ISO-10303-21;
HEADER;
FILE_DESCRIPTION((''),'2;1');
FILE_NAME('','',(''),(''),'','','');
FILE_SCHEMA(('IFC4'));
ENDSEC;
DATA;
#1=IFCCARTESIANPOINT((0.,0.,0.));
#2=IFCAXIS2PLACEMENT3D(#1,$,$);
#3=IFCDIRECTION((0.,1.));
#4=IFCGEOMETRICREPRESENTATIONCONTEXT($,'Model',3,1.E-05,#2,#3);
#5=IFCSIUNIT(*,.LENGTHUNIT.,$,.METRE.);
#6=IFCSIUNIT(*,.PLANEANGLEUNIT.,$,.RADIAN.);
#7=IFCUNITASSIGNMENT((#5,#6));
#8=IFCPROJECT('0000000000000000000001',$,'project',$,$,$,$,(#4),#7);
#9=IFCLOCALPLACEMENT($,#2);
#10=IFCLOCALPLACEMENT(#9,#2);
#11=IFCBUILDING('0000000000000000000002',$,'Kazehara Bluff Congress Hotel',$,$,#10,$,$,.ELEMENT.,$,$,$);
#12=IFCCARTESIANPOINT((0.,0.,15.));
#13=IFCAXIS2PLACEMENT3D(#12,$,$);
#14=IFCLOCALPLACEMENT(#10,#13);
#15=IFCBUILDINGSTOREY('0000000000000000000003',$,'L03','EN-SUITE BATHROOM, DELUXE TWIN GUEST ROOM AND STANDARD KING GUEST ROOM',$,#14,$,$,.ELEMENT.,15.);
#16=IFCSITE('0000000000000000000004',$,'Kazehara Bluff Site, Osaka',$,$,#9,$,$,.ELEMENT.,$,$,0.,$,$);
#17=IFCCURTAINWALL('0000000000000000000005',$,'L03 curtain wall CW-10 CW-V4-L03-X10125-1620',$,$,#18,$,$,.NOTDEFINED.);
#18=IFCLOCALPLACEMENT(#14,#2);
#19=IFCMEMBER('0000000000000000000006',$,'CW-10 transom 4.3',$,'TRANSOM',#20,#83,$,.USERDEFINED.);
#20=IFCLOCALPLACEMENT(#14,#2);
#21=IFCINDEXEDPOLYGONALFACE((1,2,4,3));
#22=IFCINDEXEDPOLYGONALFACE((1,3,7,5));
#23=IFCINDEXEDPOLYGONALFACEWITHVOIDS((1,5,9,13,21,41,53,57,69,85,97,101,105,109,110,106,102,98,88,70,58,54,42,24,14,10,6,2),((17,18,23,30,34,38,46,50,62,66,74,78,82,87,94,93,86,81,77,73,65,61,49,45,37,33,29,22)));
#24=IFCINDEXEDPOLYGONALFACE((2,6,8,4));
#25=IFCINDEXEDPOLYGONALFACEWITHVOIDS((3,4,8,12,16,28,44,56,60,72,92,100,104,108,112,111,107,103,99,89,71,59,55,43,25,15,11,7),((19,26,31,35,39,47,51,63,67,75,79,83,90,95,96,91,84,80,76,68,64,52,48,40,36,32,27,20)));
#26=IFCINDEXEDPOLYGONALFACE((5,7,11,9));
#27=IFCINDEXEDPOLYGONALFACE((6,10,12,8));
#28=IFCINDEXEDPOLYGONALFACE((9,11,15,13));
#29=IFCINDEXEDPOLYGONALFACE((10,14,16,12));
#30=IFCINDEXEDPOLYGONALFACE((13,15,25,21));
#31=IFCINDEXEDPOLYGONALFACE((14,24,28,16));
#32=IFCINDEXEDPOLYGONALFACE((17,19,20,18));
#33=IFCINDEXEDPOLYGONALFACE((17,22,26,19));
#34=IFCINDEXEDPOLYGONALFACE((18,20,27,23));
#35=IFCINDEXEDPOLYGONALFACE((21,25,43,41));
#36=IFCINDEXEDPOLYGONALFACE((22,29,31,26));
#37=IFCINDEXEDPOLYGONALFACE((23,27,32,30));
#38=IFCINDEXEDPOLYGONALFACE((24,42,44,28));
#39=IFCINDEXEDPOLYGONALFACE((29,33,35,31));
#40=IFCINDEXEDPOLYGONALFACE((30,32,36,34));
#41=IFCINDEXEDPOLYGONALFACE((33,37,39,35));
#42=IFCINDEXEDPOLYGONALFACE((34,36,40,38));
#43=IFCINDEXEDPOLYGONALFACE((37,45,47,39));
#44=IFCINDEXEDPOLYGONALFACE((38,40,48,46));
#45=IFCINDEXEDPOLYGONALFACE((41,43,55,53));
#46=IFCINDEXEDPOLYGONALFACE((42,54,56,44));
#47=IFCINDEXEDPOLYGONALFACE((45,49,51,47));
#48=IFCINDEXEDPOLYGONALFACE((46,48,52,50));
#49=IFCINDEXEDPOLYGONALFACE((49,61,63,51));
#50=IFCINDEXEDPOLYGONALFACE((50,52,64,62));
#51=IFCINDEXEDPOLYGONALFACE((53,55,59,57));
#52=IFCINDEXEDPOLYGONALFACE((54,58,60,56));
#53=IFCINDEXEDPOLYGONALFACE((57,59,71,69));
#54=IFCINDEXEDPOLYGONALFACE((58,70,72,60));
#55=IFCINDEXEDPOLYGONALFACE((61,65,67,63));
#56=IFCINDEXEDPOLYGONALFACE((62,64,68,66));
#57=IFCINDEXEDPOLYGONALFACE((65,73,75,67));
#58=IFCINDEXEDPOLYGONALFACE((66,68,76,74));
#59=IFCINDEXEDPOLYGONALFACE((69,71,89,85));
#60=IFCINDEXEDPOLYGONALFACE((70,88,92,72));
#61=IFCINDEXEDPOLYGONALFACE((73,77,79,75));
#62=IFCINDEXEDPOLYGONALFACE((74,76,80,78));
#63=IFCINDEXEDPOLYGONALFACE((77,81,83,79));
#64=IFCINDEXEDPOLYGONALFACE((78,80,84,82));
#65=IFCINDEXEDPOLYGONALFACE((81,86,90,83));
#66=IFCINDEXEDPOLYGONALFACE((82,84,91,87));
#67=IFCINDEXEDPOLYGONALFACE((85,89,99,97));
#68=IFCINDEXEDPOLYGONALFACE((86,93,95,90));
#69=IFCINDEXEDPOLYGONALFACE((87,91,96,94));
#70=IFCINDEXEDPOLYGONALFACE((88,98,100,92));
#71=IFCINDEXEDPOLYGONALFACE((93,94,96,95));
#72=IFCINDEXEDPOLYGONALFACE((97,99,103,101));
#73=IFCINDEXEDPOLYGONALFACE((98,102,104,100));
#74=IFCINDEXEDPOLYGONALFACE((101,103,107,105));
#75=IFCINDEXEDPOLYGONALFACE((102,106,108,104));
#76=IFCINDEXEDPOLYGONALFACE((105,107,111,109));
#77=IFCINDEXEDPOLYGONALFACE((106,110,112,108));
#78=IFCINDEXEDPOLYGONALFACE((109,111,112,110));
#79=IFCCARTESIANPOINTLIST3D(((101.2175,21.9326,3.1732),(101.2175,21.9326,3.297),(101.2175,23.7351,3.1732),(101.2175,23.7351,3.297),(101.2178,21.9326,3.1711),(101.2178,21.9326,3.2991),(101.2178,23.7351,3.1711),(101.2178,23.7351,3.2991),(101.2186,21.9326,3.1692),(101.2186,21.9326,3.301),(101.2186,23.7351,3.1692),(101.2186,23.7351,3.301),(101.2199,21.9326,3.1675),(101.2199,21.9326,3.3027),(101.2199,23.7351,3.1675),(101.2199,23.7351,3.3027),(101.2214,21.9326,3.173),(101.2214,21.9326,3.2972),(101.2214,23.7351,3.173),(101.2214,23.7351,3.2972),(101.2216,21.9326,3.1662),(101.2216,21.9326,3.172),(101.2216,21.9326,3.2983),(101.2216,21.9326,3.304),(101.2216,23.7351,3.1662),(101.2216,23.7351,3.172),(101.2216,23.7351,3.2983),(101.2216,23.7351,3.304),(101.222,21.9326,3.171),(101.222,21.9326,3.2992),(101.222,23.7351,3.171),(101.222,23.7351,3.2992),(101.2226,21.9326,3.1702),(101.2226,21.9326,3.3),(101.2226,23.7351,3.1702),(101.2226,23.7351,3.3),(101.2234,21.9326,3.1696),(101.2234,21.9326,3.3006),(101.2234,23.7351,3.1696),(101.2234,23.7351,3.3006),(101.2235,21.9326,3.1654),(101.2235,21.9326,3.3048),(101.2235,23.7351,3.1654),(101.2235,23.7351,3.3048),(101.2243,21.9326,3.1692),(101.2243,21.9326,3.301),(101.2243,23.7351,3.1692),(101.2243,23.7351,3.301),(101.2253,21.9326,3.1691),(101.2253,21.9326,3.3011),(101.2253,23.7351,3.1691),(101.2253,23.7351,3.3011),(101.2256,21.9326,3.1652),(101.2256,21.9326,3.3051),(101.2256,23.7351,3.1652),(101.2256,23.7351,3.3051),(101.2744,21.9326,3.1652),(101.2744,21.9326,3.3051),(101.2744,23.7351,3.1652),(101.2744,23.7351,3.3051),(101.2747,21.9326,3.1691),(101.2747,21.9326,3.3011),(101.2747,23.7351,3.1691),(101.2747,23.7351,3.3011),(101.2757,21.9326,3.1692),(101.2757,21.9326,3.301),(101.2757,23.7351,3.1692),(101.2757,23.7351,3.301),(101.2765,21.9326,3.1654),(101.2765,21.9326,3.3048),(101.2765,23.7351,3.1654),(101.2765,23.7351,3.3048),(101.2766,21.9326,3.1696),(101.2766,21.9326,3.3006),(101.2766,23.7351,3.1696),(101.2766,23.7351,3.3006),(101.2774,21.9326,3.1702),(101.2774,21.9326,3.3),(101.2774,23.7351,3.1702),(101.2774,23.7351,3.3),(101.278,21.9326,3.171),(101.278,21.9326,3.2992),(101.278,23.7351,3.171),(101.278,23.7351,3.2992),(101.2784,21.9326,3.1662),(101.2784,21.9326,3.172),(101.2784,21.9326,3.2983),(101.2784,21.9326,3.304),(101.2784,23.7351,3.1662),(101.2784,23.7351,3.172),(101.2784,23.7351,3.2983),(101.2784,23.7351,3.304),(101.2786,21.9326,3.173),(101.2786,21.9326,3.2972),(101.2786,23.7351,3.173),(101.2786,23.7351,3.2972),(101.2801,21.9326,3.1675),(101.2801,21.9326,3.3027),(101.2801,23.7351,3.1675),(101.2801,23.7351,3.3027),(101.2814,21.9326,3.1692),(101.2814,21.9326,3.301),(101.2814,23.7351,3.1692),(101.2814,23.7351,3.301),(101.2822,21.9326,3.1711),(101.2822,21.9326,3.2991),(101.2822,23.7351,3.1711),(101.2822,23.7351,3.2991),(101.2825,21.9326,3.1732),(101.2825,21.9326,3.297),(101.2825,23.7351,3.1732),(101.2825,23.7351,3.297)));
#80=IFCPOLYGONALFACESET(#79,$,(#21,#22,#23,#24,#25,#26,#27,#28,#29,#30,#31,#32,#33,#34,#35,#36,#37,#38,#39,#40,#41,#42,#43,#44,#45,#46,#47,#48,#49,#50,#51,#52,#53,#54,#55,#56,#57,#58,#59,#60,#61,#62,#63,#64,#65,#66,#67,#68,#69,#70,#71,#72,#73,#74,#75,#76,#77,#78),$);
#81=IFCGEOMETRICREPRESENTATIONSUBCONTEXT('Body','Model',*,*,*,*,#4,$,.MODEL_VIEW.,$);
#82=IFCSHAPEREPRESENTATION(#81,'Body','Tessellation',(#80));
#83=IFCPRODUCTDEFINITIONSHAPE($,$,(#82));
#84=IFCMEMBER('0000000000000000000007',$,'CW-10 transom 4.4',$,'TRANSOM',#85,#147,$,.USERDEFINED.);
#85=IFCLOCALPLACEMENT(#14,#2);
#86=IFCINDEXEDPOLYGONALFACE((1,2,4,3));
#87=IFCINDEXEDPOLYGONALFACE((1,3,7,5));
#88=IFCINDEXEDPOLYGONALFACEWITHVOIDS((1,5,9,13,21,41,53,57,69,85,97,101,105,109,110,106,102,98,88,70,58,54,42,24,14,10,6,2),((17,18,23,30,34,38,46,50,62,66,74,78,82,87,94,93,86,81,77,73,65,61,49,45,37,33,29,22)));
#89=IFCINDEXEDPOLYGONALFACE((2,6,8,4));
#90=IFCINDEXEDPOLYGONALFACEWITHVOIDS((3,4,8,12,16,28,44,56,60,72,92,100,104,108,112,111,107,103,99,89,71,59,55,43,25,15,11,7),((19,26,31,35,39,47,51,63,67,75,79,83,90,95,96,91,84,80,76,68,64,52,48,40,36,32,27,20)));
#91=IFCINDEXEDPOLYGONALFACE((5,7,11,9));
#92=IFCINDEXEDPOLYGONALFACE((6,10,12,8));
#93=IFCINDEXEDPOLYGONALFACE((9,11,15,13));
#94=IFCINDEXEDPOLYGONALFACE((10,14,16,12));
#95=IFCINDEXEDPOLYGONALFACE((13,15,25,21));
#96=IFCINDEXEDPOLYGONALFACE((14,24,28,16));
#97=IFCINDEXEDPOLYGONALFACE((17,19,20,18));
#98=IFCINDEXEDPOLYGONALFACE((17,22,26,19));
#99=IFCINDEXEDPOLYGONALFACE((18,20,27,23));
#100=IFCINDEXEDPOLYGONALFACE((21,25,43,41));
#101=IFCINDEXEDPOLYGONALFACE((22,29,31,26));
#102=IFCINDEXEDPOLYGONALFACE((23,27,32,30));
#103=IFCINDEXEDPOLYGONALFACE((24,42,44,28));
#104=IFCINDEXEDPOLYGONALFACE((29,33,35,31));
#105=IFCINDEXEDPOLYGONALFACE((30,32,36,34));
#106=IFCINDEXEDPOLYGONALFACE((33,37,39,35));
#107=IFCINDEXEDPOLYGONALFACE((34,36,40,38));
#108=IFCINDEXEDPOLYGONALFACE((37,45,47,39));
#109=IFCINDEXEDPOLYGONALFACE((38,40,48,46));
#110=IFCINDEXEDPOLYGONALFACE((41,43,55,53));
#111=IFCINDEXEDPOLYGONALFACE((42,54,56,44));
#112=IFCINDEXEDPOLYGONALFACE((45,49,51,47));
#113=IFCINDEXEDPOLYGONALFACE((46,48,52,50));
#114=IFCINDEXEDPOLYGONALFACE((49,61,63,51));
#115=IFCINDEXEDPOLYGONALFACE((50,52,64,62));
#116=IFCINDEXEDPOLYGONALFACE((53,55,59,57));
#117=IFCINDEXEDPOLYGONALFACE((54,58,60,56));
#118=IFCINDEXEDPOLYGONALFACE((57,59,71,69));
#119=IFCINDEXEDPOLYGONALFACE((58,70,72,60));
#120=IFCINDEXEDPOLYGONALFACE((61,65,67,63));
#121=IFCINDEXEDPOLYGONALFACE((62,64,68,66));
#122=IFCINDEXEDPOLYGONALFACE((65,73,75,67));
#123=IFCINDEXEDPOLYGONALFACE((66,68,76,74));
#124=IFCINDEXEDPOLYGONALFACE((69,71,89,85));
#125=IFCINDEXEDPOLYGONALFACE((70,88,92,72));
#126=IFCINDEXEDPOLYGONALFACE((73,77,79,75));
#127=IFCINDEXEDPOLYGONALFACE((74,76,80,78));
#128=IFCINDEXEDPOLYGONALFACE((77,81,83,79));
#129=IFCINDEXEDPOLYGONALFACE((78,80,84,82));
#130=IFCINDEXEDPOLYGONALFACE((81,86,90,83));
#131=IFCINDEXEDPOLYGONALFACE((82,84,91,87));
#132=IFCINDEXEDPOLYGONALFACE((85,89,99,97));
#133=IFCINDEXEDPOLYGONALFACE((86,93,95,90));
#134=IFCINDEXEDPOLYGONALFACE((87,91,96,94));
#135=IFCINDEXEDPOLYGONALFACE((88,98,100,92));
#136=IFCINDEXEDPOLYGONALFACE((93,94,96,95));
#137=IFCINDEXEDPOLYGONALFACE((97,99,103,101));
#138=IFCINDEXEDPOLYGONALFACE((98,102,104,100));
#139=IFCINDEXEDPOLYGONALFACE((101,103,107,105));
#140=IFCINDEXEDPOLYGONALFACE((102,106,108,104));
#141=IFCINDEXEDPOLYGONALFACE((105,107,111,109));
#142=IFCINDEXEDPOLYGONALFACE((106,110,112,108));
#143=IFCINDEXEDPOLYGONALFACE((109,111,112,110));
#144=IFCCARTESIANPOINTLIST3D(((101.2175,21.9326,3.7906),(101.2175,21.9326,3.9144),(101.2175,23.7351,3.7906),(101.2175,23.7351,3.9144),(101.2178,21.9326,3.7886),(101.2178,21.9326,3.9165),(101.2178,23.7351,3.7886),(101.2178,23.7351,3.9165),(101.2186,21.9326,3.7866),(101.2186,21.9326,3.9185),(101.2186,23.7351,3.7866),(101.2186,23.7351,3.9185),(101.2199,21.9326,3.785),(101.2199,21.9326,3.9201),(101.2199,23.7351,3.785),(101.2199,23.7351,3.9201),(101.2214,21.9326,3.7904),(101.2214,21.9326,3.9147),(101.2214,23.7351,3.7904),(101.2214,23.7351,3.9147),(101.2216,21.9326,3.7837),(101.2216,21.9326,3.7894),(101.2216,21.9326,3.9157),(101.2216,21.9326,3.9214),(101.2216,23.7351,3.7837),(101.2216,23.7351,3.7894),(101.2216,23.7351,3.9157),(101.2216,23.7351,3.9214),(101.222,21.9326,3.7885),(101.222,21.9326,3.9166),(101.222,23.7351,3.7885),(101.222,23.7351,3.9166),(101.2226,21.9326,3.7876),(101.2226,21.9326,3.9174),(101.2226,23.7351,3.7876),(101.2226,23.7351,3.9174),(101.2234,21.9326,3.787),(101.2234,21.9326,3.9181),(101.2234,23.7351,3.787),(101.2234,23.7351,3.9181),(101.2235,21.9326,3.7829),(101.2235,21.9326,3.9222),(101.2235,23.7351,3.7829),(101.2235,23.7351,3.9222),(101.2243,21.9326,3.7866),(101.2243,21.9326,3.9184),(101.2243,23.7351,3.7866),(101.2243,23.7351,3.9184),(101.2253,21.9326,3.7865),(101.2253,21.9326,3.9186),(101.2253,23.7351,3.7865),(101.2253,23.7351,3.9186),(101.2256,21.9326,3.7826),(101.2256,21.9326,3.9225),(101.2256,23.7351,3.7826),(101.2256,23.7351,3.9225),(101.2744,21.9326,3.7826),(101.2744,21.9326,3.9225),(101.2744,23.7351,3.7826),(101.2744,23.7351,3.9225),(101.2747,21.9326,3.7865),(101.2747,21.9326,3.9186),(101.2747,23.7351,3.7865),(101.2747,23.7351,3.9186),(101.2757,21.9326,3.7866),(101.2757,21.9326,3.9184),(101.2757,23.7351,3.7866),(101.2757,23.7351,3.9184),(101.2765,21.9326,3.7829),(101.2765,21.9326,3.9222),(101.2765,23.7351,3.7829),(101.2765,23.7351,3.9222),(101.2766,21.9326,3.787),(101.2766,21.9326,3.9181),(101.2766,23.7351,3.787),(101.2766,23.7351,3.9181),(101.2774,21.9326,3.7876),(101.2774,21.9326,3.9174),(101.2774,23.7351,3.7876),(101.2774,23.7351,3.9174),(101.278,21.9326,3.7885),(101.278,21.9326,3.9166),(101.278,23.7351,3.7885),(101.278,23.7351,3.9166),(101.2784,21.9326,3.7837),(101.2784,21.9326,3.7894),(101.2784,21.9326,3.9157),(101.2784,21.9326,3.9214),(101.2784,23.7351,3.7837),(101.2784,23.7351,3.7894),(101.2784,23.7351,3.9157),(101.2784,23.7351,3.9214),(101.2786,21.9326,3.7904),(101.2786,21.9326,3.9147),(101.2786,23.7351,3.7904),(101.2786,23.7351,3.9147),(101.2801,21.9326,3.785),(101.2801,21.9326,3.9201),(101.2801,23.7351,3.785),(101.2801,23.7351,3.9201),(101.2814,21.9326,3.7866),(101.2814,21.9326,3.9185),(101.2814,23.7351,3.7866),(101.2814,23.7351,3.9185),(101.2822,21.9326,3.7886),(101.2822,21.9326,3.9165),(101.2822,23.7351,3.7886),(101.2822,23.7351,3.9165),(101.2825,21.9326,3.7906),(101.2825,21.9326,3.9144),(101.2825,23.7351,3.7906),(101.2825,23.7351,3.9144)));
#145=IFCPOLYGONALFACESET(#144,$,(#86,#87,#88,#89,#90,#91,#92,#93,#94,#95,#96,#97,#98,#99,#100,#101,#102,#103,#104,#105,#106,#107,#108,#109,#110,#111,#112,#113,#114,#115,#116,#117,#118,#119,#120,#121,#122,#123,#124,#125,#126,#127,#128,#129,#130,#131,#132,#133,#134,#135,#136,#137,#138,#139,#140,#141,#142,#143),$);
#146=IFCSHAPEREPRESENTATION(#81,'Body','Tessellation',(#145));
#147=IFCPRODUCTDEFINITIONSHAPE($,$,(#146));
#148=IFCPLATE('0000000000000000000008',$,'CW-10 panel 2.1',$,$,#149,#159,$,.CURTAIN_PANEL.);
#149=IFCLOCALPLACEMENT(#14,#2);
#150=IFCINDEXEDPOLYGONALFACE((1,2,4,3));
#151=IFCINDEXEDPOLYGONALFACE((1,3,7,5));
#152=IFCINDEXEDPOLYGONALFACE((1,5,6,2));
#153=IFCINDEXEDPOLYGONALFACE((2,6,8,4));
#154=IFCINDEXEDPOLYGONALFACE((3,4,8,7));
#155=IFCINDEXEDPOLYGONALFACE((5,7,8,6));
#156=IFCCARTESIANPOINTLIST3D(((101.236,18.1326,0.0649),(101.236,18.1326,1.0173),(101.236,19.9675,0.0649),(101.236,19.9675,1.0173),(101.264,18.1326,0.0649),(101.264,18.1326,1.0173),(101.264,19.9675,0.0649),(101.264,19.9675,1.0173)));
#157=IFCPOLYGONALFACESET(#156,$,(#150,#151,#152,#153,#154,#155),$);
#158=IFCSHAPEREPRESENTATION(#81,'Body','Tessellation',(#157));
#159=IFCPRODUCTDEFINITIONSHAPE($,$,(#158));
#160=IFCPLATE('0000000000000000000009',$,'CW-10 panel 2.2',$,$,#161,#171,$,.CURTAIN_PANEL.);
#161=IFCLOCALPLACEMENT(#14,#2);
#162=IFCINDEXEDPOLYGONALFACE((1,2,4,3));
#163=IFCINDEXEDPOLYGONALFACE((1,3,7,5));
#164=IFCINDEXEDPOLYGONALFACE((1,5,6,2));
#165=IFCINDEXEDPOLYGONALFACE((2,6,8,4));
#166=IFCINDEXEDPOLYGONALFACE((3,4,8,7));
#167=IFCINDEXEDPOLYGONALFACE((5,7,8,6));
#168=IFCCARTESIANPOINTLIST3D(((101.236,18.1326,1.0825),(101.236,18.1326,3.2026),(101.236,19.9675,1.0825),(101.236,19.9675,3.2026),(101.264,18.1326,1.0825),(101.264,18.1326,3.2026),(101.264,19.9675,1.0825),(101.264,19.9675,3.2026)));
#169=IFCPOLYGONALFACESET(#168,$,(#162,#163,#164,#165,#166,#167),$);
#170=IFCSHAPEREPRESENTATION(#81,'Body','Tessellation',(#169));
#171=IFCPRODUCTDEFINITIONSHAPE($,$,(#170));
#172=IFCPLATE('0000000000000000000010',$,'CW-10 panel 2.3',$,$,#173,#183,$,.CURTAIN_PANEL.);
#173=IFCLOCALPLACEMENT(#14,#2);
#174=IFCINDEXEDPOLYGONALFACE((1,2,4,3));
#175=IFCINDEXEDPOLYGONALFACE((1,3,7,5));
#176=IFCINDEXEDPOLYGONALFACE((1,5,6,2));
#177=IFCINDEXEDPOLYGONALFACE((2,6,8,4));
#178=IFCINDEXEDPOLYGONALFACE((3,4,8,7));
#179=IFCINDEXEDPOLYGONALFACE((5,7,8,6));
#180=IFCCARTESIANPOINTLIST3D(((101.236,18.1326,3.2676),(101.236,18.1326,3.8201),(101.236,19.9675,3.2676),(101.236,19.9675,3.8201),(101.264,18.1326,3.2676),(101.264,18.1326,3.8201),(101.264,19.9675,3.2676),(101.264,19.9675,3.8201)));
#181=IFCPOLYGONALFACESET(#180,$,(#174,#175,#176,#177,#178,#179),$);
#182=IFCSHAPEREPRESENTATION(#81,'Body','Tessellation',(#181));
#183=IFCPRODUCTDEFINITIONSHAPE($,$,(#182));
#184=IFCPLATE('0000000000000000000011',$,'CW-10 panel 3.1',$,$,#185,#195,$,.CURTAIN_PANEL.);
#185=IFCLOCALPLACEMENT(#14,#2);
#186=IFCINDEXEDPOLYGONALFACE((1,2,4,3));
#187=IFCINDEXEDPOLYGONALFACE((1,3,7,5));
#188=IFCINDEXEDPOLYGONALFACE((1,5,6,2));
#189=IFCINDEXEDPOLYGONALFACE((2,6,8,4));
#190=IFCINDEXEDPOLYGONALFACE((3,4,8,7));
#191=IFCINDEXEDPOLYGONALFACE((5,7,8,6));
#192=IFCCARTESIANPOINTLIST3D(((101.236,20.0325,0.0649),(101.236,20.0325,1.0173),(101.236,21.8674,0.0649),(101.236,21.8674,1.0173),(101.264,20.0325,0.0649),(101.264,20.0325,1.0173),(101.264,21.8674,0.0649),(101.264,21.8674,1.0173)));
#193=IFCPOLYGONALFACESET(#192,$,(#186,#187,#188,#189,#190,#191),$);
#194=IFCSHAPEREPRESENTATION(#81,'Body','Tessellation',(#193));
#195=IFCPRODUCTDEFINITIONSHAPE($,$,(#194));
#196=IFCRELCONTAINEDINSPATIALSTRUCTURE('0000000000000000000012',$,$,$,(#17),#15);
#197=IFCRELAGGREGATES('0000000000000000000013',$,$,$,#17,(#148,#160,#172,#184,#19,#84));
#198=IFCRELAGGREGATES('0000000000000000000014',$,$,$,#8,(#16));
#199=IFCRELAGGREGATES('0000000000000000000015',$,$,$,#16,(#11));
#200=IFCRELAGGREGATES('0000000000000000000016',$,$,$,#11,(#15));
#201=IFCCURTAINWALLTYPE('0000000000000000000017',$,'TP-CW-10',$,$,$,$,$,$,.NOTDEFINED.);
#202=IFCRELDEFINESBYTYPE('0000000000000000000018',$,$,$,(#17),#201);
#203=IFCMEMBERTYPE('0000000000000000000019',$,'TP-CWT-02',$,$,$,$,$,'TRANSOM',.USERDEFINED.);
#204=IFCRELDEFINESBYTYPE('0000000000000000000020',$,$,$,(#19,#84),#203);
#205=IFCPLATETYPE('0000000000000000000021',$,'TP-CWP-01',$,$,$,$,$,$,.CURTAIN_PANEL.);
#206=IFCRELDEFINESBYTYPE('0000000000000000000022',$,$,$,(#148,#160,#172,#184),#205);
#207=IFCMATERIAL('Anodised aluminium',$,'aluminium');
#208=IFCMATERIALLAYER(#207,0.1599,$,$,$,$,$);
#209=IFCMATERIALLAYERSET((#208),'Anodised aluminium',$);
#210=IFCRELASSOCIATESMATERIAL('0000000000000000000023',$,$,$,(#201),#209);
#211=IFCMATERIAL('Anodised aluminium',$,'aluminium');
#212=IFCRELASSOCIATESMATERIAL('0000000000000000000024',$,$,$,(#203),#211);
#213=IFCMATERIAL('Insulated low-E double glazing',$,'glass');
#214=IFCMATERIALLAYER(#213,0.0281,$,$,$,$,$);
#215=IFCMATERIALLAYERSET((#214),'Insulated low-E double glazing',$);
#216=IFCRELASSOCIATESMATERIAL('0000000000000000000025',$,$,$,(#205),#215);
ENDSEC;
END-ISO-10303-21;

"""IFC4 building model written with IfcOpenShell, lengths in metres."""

from ifc_helpers import new_model, si_unit, direction, frame, origin, origin_2d, place, context, subcontext, project, spatial, rectangle, hollow_rectangle, extrude, material, layer, layer_set, material_profile, profile_set, type_object, element, aggregate, save


model = new_model("IFC4")

# Units and contexts
model_context = context("Model", 3, precision=1e-05, world=origin(), true_north=direction((0.0, 1.0)))
body_context = subcontext(model_context, "Body", "Model", "MODEL_VIEW")
ifc_project = project(units=[si_unit("LENGTHUNIT", "METRE"), si_unit("PLANEANGLEUNIT", "RADIAN")], contexts=[model_context])

# Site, building, storey
site_placement = place(None, origin())
site = spatial("IfcSite", under=ifc_project, at=site_placement, Name="Kazehara Bluff Site, Osaka", CompositionType="ELEMENT", RefElevation=0.0)
building_placement = place(site_placement, origin())
building = spatial("IfcBuilding", under=site, at=building_placement, Name="Kazehara Bluff Congress Hotel", CompositionType="ELEMENT")
storey_placement = place(building_placement, frame((0.0, 0.0, 15.0)))
storey = spatial("IfcBuildingStorey", under=building, at=storey_placement, Name="L03", Description="EN-SUITE BATHROOM, DELUXE TWIN GUEST ROOM AND STANDARD KING GUEST ROOM", CompositionType="ELEMENT", Elevation=15.0)

# Curtain wall, members, plates
ifc_material_1 = material(Name="Anodised aluminium", Category="aluminium")
ifc_layer_1 = layer(ifc_material_1, 0.1599)
ifc_layer_set_1 = layer_set([ifc_layer_1], Name="Anodised aluminium")
curtain_wall_type = type_object("IfcCurtainWallType", Name="TP-CW-10", PredefinedType="NOTDEFINED", material=ifc_layer_set_1)
curtain_wall_placement = place(storey_placement, origin())
curtain_wall = element("IfcCurtainWall", 1, at=curtain_wall_placement, inside=storey, type_object=curtain_wall_type, Name="L03 curtain wall CW-10 CW-V4-L03-X10125-1620", PredefinedType="NOTDEFINED")
ifc_material_2 = material(Name="Anodised aluminium", Category="aluminium")
ifc_material_profile_1 = material_profile(ifc_material_2, hollow_rectangle(XDim=0.0649, YDim=0.1399, WallThickness=0.0039, InnerFilletRadius=0.0039, OuterFilletRadius=0.0081, at=origin_2d()))
ifc_profile_set_1 = profile_set([ifc_material_profile_1], Name="Anodised aluminium")
member_type_1 = type_object("IfcMemberType", Name="TP-CWT-02", ElementType="TRANSOM", PredefinedType="USERDEFINED", material=ifc_profile_set_1)
member_1_placement = place(storey_placement, frame((101.25, 21.9326, 3.2351), z_axis=(0.0, 1.0, 0.0), x_axis=(-1.0, 0.0, 0.0)))
member_1 = element("IfcMember", 2, at=member_1_placement, type_object=member_type_1, Name="CW-10 transom 4.3", ObjectType="TRANSOM", PredefinedType="USERDEFINED", context=body_context, shape_type="SweptSolid", body=[
    extrude(hollow_rectangle(XDim=0.0649, YDim=0.1399, WallThickness=0.0039, InnerFilletRadius=0.0039, OuterFilletRadius=0.0081, at=origin_2d()), origin(), (0.0, 0.0, 1.0), 1.8025),
])
member_2_placement = place(storey_placement, frame((101.25, 21.9326, 3.8525), z_axis=(0.0, 1.0, 0.0), x_axis=(-1.0, 0.0, 0.0)))
member_2 = element("IfcMember", 3, at=member_2_placement, type_object=member_type_1, Name="CW-10 transom 4.4", ObjectType="TRANSOM", PredefinedType="USERDEFINED", context=body_context, shape_type="SweptSolid", body=[
    extrude(hollow_rectangle(XDim=0.0649, YDim=0.1399, WallThickness=0.0039, InnerFilletRadius=0.0039, OuterFilletRadius=0.0081, at=origin_2d()), origin(), (0.0, 0.0, 1.0), 1.8025),
])
ifc_material_3 = material(Name="Insulated low-E double glazing", Category="glass")
ifc_layer_2 = layer(ifc_material_3, 0.0281)
ifc_layer_set_2 = layer_set([ifc_layer_2], Name="Insulated low-E double glazing")
plate_type = type_object("IfcPlateType", Name="TP-CWP-01", PredefinedType="CURTAIN_PANEL", material=ifc_layer_set_2)
plate_1_placement = place(storey_placement, frame((101.25, 19.05, 0.0649), z_axis=(0.0, 0.0, 1.0), x_axis=(0.0, 1.0, 0.0)))
plate_1 = element("IfcPlate", 4, at=plate_1_placement, type_object=plate_type, Name="CW-10 panel 2.1", PredefinedType="CURTAIN_PANEL", context=body_context, shape_type="SweptSolid", body=[
    extrude(rectangle(XDim=1.835, YDim=0.0281, at=origin_2d()), origin(), (0.0, 0.0, 1.0), 0.9524),
])
plate_2_placement = place(storey_placement, frame((101.25, 19.05, 1.0825), z_axis=(0.0, 0.0, 1.0), x_axis=(0.0, 1.0, 0.0)))
plate_2 = element("IfcPlate", 5, at=plate_2_placement, type_object=plate_type, Name="CW-10 panel 2.2", PredefinedType="CURTAIN_PANEL", context=body_context, shape_type="SweptSolid", body=[
    extrude(rectangle(XDim=1.835, YDim=0.0281, at=origin_2d()), origin(), (0.0, 0.0, 1.0), 2.1201),
])
plate_3_placement = place(storey_placement, frame((101.25, 19.05, 3.2676), z_axis=(0.0, 0.0, 1.0), x_axis=(0.0, 1.0, 0.0)))
plate_3 = element("IfcPlate", 6, at=plate_3_placement, type_object=plate_type, Name="CW-10 panel 2.3", PredefinedType="CURTAIN_PANEL", context=body_context, shape_type="SweptSolid", body=[
    extrude(rectangle(XDim=1.835, YDim=0.0281, at=origin_2d()), origin(), (0.0, 0.0, 1.0), 0.5525),
])
plate_4_placement = place(storey_placement, frame((101.25, 20.95, 0.0649), z_axis=(0.0, 0.0, 1.0), x_axis=(0.0, 1.0, 0.0)))
plate_4 = element("IfcPlate", 7, at=plate_4_placement, type_object=plate_type, Name="CW-10 panel 3.1", PredefinedType="CURTAIN_PANEL", context=body_context, shape_type="SweptSolid", body=[
    extrude(rectangle(XDim=1.835, YDim=0.0281, at=origin_2d()), origin(), (0.0, 0.0, 1.0), 0.9524),
])
aggregate(curtain_wall, [plate_1, plate_2, plate_3, plate_4, member_1, member_2])

save(model, "model.ifc")
